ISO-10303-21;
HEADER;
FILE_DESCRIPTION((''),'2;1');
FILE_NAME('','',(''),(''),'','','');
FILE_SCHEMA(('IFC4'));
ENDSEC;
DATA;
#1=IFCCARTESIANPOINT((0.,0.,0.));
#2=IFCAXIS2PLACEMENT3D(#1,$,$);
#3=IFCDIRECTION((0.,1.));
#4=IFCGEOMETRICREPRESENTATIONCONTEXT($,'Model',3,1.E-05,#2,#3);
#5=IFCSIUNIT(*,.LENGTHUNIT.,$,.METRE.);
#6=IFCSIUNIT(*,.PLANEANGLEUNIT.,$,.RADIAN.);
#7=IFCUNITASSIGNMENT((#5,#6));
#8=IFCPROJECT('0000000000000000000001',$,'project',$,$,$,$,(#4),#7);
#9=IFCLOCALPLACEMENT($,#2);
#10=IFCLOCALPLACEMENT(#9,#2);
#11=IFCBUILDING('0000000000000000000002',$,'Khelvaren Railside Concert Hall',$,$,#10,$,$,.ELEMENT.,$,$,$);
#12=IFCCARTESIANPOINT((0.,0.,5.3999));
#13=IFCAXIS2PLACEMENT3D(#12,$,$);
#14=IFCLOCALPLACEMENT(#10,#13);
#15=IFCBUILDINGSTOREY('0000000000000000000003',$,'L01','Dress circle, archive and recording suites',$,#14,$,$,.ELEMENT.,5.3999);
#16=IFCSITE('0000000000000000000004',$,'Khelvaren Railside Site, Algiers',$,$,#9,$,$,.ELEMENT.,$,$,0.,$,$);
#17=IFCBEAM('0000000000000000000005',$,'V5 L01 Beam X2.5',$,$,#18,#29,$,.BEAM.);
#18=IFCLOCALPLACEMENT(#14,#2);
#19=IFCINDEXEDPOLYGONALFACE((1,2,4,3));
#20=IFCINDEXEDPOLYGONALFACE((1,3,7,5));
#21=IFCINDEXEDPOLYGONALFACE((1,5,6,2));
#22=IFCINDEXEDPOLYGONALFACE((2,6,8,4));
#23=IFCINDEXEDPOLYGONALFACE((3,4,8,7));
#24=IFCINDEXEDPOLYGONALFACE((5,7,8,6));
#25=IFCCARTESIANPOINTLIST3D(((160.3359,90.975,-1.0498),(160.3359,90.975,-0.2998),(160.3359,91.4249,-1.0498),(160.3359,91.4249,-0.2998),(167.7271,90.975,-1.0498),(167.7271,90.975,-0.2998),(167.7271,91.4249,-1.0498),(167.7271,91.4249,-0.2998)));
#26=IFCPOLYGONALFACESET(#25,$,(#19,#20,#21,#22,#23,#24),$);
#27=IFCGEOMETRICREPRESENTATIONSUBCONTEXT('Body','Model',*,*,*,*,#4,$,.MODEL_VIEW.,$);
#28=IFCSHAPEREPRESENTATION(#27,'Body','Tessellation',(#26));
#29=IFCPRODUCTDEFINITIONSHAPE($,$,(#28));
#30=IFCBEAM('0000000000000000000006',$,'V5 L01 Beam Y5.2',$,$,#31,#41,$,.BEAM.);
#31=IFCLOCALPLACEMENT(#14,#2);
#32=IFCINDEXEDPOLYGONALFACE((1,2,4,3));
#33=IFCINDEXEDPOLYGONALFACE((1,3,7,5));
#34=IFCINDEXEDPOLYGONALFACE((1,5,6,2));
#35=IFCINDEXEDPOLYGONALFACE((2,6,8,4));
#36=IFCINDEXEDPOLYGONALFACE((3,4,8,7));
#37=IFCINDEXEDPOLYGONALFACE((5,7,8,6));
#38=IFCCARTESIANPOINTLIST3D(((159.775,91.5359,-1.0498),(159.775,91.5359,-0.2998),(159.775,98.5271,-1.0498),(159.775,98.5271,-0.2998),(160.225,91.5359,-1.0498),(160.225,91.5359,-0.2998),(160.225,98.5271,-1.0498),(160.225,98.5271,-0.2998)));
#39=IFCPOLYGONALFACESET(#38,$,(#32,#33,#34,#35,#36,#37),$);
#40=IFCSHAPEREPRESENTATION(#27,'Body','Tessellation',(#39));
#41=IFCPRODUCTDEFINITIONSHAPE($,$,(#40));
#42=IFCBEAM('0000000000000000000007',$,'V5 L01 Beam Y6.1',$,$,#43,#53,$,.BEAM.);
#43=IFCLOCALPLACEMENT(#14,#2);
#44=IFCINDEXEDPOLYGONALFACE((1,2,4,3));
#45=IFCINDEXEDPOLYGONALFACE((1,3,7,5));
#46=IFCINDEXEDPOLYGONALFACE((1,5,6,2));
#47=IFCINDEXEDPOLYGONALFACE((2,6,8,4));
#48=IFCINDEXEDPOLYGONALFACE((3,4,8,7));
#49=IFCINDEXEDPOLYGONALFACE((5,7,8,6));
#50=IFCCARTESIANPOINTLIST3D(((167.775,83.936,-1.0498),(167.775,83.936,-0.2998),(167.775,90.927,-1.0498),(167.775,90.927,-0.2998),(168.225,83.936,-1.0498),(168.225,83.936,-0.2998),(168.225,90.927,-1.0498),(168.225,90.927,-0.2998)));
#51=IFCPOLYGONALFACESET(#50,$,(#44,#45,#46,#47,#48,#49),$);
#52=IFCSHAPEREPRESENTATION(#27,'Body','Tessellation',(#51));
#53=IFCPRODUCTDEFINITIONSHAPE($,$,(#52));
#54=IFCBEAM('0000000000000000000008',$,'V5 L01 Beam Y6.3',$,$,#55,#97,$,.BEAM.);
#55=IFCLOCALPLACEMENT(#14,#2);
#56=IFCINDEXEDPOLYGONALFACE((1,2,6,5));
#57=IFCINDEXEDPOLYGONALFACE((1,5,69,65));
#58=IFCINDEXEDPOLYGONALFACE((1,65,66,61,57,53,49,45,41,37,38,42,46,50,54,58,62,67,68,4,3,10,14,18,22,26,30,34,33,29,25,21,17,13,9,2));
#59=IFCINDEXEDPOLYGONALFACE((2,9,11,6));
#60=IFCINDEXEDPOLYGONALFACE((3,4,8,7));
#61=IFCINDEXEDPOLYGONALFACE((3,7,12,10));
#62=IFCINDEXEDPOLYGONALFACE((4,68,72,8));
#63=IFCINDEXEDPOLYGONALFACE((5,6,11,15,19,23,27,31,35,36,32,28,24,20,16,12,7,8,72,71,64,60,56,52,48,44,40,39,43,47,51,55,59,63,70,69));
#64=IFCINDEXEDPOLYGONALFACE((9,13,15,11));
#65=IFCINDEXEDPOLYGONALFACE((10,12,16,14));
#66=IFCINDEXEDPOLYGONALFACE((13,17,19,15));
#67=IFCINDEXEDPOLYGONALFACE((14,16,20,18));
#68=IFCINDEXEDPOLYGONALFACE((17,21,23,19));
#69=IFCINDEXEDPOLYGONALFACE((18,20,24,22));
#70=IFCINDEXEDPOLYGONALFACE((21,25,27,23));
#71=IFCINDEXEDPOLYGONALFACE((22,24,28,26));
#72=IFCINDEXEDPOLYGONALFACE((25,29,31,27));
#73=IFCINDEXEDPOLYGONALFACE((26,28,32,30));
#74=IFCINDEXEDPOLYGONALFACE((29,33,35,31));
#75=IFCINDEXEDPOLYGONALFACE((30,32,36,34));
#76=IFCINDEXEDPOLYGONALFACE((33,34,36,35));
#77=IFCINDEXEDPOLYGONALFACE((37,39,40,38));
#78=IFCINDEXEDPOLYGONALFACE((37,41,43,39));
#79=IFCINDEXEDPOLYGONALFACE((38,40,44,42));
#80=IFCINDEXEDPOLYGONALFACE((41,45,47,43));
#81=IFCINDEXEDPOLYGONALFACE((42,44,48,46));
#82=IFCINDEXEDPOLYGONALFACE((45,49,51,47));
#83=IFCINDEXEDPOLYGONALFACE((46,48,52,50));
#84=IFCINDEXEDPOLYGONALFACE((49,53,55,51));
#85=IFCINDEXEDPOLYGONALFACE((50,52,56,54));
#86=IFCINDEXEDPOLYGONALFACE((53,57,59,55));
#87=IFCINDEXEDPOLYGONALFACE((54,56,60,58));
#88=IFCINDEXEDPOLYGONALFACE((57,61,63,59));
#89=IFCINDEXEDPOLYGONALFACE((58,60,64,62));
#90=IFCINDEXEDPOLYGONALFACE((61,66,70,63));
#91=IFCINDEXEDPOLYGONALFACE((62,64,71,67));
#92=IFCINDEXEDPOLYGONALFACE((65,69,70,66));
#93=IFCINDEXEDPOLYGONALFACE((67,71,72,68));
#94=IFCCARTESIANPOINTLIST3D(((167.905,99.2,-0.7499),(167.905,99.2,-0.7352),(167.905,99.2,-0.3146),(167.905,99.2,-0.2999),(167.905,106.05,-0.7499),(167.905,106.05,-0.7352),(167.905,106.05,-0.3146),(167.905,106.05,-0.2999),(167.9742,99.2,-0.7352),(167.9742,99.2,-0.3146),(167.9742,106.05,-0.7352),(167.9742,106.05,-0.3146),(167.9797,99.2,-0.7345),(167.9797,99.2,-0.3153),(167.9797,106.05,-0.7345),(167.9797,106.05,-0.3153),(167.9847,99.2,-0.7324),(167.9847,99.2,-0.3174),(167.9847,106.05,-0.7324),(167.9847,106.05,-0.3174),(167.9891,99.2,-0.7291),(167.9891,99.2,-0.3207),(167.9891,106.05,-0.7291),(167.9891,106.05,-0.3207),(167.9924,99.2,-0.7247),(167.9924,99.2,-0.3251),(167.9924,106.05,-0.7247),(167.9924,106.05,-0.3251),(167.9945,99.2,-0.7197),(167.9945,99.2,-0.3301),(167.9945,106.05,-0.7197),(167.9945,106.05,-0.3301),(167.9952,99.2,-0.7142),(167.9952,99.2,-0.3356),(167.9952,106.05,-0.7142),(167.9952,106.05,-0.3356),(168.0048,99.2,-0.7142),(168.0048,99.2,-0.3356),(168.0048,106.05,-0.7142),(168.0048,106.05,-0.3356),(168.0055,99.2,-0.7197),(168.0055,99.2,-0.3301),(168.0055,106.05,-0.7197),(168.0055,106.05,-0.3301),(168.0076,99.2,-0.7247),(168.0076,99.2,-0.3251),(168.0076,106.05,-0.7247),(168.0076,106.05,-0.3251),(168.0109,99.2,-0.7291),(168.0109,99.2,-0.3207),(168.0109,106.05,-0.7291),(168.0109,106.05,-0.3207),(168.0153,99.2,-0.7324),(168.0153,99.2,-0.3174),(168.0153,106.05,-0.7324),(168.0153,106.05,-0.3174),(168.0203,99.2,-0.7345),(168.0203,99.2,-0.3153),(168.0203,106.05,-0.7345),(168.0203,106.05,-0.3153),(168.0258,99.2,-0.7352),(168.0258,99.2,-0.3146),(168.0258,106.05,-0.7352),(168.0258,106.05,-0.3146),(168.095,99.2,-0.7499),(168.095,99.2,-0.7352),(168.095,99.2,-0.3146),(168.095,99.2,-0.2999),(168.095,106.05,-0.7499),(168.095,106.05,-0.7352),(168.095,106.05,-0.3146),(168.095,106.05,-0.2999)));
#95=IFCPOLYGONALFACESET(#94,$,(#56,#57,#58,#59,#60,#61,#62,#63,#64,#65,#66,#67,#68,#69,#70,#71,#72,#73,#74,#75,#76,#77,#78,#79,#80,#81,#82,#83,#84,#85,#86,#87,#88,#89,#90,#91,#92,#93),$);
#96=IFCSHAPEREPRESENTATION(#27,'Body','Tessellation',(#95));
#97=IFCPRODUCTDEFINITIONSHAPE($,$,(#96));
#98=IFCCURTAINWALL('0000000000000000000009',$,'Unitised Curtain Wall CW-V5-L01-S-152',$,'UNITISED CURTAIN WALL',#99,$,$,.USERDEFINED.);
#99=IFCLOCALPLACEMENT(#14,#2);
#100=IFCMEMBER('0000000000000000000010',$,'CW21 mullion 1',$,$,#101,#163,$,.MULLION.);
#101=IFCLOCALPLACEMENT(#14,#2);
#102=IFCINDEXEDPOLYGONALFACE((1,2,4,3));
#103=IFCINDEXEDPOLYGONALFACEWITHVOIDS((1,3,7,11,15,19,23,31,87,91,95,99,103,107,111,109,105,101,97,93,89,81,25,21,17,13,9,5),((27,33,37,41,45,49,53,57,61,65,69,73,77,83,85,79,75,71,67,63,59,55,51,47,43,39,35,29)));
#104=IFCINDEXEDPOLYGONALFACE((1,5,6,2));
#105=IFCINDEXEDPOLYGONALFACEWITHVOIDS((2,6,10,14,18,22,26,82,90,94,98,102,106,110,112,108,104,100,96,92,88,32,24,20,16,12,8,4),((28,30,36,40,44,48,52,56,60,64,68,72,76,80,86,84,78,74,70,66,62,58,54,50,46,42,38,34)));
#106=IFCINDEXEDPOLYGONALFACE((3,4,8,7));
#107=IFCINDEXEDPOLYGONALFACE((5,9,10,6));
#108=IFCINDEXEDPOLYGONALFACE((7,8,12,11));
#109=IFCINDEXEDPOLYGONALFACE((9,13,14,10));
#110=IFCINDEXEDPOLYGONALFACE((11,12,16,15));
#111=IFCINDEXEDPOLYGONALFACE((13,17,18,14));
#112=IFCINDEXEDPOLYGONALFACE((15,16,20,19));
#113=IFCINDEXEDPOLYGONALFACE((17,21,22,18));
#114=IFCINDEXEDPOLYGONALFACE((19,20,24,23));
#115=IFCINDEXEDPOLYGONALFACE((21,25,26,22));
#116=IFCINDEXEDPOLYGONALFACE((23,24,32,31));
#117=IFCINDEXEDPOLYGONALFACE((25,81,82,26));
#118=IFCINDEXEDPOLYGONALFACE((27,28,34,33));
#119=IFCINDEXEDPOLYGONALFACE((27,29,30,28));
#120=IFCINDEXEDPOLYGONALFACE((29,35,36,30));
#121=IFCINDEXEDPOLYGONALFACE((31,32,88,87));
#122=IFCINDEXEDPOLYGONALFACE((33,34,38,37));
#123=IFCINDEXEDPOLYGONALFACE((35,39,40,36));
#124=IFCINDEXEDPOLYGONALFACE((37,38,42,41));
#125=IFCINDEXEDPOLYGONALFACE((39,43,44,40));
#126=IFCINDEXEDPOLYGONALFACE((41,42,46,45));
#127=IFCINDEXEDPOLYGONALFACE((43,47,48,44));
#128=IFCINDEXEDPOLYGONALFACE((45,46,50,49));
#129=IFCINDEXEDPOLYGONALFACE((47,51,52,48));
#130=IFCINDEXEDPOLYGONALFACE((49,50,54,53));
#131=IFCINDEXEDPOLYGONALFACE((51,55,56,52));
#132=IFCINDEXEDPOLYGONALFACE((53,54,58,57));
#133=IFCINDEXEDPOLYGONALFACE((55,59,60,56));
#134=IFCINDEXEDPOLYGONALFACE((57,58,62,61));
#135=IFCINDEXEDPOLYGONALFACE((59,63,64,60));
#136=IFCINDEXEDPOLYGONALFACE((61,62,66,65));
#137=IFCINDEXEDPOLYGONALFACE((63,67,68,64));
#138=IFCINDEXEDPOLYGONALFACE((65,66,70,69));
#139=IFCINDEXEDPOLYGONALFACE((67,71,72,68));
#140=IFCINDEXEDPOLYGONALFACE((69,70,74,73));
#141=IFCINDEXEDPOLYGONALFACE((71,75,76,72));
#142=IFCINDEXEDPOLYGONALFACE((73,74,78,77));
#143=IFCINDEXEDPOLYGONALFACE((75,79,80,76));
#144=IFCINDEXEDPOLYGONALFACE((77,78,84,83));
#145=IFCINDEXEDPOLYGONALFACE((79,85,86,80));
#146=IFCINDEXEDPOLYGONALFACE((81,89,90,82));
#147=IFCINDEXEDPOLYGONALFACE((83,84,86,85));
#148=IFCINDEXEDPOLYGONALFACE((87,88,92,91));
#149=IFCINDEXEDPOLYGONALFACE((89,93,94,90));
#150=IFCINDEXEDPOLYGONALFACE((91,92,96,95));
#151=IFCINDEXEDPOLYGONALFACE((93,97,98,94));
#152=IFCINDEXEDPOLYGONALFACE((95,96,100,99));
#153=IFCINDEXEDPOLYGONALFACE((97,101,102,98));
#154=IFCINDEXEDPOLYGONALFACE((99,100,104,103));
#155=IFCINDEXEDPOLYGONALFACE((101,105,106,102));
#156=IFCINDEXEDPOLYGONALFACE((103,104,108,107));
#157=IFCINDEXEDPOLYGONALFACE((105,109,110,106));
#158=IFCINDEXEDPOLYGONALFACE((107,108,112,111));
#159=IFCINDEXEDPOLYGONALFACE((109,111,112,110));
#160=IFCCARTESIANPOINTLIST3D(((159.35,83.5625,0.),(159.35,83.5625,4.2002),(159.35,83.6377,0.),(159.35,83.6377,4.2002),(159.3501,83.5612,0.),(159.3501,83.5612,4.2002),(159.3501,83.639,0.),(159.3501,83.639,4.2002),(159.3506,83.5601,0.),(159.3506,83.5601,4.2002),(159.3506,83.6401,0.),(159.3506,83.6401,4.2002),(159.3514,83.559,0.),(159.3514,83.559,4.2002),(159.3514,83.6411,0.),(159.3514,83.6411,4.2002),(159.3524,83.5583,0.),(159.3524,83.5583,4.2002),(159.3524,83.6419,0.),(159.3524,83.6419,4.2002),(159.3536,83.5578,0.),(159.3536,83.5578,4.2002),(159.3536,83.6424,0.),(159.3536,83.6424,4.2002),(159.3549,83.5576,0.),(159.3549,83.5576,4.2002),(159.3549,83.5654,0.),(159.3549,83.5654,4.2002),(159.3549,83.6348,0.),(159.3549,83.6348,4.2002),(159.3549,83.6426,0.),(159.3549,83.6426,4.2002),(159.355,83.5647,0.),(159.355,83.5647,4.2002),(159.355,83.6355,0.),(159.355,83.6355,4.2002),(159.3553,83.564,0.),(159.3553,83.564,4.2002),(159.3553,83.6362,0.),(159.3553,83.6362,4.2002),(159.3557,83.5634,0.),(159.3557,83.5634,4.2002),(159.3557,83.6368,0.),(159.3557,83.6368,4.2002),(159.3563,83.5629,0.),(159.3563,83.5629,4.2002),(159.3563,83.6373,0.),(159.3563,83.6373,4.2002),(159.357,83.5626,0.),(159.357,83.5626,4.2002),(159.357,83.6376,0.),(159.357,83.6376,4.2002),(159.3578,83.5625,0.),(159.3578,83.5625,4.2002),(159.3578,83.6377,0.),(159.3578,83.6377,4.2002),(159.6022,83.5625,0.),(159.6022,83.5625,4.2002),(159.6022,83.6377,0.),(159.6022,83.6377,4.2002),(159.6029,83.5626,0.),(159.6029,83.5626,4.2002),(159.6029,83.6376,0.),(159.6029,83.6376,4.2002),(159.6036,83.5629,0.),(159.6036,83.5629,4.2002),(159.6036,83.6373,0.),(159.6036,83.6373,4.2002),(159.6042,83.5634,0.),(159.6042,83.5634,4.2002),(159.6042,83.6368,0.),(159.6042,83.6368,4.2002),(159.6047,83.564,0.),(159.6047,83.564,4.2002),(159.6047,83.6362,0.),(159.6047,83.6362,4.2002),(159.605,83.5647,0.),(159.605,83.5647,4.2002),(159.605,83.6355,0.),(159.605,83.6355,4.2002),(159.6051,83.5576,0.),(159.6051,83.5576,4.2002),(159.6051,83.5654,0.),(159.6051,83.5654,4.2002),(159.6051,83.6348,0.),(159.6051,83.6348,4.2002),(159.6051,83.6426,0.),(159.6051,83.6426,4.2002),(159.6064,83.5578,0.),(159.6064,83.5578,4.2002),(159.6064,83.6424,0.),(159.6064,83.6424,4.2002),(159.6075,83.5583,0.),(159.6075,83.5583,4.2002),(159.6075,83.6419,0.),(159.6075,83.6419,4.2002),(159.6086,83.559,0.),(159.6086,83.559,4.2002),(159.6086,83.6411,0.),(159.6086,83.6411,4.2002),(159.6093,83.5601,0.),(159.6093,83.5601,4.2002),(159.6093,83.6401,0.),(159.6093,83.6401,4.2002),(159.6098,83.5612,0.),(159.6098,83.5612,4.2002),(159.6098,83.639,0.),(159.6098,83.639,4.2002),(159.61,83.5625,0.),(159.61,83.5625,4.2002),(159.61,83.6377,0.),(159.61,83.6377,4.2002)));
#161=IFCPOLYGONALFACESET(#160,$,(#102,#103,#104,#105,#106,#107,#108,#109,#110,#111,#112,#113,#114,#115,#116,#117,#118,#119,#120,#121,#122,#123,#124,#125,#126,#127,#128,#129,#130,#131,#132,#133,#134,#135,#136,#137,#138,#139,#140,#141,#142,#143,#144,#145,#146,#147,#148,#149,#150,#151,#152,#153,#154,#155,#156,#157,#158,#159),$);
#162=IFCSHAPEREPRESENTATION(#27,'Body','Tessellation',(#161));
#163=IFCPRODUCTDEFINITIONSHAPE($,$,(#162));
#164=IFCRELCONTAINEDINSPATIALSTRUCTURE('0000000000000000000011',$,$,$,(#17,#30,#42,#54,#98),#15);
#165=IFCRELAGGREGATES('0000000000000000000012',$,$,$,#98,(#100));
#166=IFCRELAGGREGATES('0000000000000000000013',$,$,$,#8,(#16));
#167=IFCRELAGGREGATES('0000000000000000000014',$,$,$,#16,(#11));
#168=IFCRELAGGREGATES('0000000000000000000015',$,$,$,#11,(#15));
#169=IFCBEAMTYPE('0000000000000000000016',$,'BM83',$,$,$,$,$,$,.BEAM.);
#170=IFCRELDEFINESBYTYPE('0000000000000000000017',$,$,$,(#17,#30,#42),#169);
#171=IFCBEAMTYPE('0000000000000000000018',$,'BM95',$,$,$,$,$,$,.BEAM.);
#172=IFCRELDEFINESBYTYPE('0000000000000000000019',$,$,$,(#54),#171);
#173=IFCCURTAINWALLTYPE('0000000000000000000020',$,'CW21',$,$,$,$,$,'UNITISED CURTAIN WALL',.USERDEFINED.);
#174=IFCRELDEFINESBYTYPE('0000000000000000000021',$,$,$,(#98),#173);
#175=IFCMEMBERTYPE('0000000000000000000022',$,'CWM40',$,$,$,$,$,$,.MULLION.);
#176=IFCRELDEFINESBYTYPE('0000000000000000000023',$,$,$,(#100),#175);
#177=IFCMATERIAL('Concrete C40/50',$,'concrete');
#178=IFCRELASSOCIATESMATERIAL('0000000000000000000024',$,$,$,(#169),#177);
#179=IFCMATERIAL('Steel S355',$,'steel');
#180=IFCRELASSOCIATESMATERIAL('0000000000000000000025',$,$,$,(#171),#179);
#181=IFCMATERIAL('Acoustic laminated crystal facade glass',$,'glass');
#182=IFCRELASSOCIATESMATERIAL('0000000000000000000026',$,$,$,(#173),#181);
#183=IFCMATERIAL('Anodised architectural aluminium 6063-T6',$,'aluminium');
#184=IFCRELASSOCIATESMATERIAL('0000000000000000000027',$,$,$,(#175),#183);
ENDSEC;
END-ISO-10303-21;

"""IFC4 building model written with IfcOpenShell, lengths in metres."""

from ifc_helpers import new_model, si_unit, direction, frame, origin, origin_2d, place, context, subcontext, project, spatial, rectangle, hollow_rectangle, i_section, extrude, material, material_profile, profile_set, type_object, element, aggregate, save


model = new_model("IFC4")

# Units and contexts
model_context = context("Model", 3, precision=1e-05, world=origin(), true_north=direction((0.0, 1.0)))
body_context = subcontext(model_context, "Body", "Model", "MODEL_VIEW")
ifc_project = project(units=[si_unit("LENGTHUNIT", "METRE"), si_unit("PLANEANGLEUNIT", "RADIAN")], contexts=[model_context])

# Site, building, storey
site_placement = place(None, origin())
site = spatial("IfcSite", under=ifc_project, at=site_placement, Name="Khelvaren Railside Site, Algiers", CompositionType="ELEMENT", RefElevation=0.0)
building_placement = place(site_placement, origin())
building = spatial("IfcBuilding", under=site, at=building_placement, Name="Khelvaren Railside Concert Hall", CompositionType="ELEMENT")
storey_placement = place(building_placement, frame((0.0, 0.0, 5.3999)))
storey = spatial("IfcBuildingStorey", under=building, at=storey_placement, Name="L01", Description="Dress circle, archive and recording suites", CompositionType="ELEMENT", Elevation=5.3999)

# Beams
ifc_material_1 = material(Name="Steel S355", Category="steel")
ifc_material_2 = material(Name="Concrete C40/50", Category="concrete")
ifc_material_profile_1 = material_profile(ifc_material_2, rectangle(XDim=0.45, YDim=0.75, at=origin_2d()), Name="RCB 450x750")
ifc_profile_set_1 = profile_set([ifc_material_profile_1], Name="Concrete C40/50")
beam_type_1 = type_object("IfcBeamType", Name="BM83", PredefinedType="BEAM", material=ifc_profile_set_1)
beam_1_placement = place(storey_placement, frame((160.3359, 91.2, -0.6748), z_axis=(1.0, 0.0, 0.0), x_axis=(0.0, 1.0, 0.0)))
element("IfcBeam", 1, at=beam_1_placement, inside=storey, type_object=beam_type_1, Name="V5 L01 Beam X2.5", PredefinedType="BEAM", context=body_context, shape_type="SweptSolid", body=[
    extrude(rectangle(XDim=0.45, YDim=0.75, at=origin_2d()), origin(), (0.0, 0.0, 1.0), 7.3911),
])
beam_2_placement = place(storey_placement, frame((160.0, 91.5359, -0.6748), z_axis=(0.0, 1.0, 0.0), x_axis=(-1.0, 0.0, 0.0)))
element("IfcBeam", 2, at=beam_2_placement, inside=storey, type_object=beam_type_1, Name="V5 L01 Beam Y5.2", PredefinedType="BEAM", context=body_context, shape_type="SweptSolid", body=[
    extrude(rectangle(XDim=0.45, YDim=0.75, at=origin_2d()), origin(), (0.0, 0.0, 1.0), 6.9912),
])
beam_3_placement = place(storey_placement, frame((168.0, 83.936, -0.6748), z_axis=(0.0, 1.0, 0.0), x_axis=(-1.0, 0.0, 0.0)))
element("IfcBeam", 3, at=beam_3_placement, inside=storey, type_object=beam_type_1, Name="V5 L01 Beam Y6.1", PredefinedType="BEAM", context=body_context, shape_type="SweptSolid", body=[
    extrude(rectangle(XDim=0.45, YDim=0.75, at=origin_2d()), origin(), (0.0, 0.0, 1.0), 6.991),
])
ifc_material_profile_2 = material_profile(ifc_material_1, i_section(OverallWidth=0.1899, OverallDepth=0.45, WebThickness=0.0095, FlangeThickness=0.0146, FilletRadius=0.021, at=origin_2d()), Name="IPE 450")
ifc_profile_set_2 = profile_set([ifc_material_profile_2], Name="Steel S355")
beam_type_2 = type_object("IfcBeamType", Name="BM95", PredefinedType="BEAM", material=ifc_profile_set_2)
beam_4_placement = place(storey_placement, frame((168.0, 99.2, -0.5249), z_axis=(0.0, 1.0, 0.0), x_axis=(-1.0, 0.0, 0.0)))
element("IfcBeam", 4, at=beam_4_placement, inside=storey, type_object=beam_type_2, Name="V5 L01 Beam Y6.3", PredefinedType="BEAM", context=body_context, shape_type="SweptSolid", body=[
    extrude(i_section(OverallWidth=0.1899, OverallDepth=0.45, WebThickness=0.0095, FlangeThickness=0.0146, FilletRadius=0.021, at=origin_2d()), origin(), (0.0, 0.0, 1.0), 6.8501),
])

# Curtain wall, member
ifc_material_3 = material(Name="Acoustic laminated crystal facade glass", Category="glass")
curtain_wall_type = type_object("IfcCurtainWallType", Name="CW21", ElementType="UNITISED CURTAIN WALL", PredefinedType="USERDEFINED", material=ifc_material_3)
curtain_wall_placement = place(storey_placement, origin())
curtain_wall = element("IfcCurtainWall", 5, at=curtain_wall_placement, inside=storey, type_object=curtain_wall_type, Name="Unitised Curtain Wall CW-V5-L01-S-152", ObjectType="UNITISED CURTAIN WALL", PredefinedType="USERDEFINED")
ifc_material_4 = material(Name="Anodised architectural aluminium 6063-T6", Category="aluminium")
ifc_material_profile_3 = material_profile(ifc_material_4, hollow_rectangle(XDim=0.085, YDim=0.26, WallThickness=0.0049, InnerFilletRadius=0.0029, OuterFilletRadius=0.0049, at=origin_2d()), Name="CWM 85x260x5")
ifc_profile_set_3 = profile_set([ifc_material_profile_3], Name="Anodised architectural aluminium 6063-T6")
member_type_1 = type_object("IfcMemberType", Name="CWM40", PredefinedType="MULLION", material=ifc_profile_set_3)
member_1_placement = place(storey_placement, frame((159.48, 83.6001, 0.0), z_axis=(0.0, 0.0, 1.0), x_axis=(0.0, -1.0, 0.0)))
member_1 = element("IfcMember", 6, at=member_1_placement, type_object=member_type_1, Name="CW21 mullion 1", PredefinedType="MULLION", context=body_context, shape_type="SweptSolid", body=[
    extrude(hollow_rectangle(XDim=0.085, YDim=0.26, WallThickness=0.0049, InnerFilletRadius=0.0029, OuterFilletRadius=0.0049, at=origin_2d()), origin(), (0.0, 0.0, 1.0), 4.2002),
])
aggregate(curtain_wall, [member_1])

save(model, "model.ifc")
